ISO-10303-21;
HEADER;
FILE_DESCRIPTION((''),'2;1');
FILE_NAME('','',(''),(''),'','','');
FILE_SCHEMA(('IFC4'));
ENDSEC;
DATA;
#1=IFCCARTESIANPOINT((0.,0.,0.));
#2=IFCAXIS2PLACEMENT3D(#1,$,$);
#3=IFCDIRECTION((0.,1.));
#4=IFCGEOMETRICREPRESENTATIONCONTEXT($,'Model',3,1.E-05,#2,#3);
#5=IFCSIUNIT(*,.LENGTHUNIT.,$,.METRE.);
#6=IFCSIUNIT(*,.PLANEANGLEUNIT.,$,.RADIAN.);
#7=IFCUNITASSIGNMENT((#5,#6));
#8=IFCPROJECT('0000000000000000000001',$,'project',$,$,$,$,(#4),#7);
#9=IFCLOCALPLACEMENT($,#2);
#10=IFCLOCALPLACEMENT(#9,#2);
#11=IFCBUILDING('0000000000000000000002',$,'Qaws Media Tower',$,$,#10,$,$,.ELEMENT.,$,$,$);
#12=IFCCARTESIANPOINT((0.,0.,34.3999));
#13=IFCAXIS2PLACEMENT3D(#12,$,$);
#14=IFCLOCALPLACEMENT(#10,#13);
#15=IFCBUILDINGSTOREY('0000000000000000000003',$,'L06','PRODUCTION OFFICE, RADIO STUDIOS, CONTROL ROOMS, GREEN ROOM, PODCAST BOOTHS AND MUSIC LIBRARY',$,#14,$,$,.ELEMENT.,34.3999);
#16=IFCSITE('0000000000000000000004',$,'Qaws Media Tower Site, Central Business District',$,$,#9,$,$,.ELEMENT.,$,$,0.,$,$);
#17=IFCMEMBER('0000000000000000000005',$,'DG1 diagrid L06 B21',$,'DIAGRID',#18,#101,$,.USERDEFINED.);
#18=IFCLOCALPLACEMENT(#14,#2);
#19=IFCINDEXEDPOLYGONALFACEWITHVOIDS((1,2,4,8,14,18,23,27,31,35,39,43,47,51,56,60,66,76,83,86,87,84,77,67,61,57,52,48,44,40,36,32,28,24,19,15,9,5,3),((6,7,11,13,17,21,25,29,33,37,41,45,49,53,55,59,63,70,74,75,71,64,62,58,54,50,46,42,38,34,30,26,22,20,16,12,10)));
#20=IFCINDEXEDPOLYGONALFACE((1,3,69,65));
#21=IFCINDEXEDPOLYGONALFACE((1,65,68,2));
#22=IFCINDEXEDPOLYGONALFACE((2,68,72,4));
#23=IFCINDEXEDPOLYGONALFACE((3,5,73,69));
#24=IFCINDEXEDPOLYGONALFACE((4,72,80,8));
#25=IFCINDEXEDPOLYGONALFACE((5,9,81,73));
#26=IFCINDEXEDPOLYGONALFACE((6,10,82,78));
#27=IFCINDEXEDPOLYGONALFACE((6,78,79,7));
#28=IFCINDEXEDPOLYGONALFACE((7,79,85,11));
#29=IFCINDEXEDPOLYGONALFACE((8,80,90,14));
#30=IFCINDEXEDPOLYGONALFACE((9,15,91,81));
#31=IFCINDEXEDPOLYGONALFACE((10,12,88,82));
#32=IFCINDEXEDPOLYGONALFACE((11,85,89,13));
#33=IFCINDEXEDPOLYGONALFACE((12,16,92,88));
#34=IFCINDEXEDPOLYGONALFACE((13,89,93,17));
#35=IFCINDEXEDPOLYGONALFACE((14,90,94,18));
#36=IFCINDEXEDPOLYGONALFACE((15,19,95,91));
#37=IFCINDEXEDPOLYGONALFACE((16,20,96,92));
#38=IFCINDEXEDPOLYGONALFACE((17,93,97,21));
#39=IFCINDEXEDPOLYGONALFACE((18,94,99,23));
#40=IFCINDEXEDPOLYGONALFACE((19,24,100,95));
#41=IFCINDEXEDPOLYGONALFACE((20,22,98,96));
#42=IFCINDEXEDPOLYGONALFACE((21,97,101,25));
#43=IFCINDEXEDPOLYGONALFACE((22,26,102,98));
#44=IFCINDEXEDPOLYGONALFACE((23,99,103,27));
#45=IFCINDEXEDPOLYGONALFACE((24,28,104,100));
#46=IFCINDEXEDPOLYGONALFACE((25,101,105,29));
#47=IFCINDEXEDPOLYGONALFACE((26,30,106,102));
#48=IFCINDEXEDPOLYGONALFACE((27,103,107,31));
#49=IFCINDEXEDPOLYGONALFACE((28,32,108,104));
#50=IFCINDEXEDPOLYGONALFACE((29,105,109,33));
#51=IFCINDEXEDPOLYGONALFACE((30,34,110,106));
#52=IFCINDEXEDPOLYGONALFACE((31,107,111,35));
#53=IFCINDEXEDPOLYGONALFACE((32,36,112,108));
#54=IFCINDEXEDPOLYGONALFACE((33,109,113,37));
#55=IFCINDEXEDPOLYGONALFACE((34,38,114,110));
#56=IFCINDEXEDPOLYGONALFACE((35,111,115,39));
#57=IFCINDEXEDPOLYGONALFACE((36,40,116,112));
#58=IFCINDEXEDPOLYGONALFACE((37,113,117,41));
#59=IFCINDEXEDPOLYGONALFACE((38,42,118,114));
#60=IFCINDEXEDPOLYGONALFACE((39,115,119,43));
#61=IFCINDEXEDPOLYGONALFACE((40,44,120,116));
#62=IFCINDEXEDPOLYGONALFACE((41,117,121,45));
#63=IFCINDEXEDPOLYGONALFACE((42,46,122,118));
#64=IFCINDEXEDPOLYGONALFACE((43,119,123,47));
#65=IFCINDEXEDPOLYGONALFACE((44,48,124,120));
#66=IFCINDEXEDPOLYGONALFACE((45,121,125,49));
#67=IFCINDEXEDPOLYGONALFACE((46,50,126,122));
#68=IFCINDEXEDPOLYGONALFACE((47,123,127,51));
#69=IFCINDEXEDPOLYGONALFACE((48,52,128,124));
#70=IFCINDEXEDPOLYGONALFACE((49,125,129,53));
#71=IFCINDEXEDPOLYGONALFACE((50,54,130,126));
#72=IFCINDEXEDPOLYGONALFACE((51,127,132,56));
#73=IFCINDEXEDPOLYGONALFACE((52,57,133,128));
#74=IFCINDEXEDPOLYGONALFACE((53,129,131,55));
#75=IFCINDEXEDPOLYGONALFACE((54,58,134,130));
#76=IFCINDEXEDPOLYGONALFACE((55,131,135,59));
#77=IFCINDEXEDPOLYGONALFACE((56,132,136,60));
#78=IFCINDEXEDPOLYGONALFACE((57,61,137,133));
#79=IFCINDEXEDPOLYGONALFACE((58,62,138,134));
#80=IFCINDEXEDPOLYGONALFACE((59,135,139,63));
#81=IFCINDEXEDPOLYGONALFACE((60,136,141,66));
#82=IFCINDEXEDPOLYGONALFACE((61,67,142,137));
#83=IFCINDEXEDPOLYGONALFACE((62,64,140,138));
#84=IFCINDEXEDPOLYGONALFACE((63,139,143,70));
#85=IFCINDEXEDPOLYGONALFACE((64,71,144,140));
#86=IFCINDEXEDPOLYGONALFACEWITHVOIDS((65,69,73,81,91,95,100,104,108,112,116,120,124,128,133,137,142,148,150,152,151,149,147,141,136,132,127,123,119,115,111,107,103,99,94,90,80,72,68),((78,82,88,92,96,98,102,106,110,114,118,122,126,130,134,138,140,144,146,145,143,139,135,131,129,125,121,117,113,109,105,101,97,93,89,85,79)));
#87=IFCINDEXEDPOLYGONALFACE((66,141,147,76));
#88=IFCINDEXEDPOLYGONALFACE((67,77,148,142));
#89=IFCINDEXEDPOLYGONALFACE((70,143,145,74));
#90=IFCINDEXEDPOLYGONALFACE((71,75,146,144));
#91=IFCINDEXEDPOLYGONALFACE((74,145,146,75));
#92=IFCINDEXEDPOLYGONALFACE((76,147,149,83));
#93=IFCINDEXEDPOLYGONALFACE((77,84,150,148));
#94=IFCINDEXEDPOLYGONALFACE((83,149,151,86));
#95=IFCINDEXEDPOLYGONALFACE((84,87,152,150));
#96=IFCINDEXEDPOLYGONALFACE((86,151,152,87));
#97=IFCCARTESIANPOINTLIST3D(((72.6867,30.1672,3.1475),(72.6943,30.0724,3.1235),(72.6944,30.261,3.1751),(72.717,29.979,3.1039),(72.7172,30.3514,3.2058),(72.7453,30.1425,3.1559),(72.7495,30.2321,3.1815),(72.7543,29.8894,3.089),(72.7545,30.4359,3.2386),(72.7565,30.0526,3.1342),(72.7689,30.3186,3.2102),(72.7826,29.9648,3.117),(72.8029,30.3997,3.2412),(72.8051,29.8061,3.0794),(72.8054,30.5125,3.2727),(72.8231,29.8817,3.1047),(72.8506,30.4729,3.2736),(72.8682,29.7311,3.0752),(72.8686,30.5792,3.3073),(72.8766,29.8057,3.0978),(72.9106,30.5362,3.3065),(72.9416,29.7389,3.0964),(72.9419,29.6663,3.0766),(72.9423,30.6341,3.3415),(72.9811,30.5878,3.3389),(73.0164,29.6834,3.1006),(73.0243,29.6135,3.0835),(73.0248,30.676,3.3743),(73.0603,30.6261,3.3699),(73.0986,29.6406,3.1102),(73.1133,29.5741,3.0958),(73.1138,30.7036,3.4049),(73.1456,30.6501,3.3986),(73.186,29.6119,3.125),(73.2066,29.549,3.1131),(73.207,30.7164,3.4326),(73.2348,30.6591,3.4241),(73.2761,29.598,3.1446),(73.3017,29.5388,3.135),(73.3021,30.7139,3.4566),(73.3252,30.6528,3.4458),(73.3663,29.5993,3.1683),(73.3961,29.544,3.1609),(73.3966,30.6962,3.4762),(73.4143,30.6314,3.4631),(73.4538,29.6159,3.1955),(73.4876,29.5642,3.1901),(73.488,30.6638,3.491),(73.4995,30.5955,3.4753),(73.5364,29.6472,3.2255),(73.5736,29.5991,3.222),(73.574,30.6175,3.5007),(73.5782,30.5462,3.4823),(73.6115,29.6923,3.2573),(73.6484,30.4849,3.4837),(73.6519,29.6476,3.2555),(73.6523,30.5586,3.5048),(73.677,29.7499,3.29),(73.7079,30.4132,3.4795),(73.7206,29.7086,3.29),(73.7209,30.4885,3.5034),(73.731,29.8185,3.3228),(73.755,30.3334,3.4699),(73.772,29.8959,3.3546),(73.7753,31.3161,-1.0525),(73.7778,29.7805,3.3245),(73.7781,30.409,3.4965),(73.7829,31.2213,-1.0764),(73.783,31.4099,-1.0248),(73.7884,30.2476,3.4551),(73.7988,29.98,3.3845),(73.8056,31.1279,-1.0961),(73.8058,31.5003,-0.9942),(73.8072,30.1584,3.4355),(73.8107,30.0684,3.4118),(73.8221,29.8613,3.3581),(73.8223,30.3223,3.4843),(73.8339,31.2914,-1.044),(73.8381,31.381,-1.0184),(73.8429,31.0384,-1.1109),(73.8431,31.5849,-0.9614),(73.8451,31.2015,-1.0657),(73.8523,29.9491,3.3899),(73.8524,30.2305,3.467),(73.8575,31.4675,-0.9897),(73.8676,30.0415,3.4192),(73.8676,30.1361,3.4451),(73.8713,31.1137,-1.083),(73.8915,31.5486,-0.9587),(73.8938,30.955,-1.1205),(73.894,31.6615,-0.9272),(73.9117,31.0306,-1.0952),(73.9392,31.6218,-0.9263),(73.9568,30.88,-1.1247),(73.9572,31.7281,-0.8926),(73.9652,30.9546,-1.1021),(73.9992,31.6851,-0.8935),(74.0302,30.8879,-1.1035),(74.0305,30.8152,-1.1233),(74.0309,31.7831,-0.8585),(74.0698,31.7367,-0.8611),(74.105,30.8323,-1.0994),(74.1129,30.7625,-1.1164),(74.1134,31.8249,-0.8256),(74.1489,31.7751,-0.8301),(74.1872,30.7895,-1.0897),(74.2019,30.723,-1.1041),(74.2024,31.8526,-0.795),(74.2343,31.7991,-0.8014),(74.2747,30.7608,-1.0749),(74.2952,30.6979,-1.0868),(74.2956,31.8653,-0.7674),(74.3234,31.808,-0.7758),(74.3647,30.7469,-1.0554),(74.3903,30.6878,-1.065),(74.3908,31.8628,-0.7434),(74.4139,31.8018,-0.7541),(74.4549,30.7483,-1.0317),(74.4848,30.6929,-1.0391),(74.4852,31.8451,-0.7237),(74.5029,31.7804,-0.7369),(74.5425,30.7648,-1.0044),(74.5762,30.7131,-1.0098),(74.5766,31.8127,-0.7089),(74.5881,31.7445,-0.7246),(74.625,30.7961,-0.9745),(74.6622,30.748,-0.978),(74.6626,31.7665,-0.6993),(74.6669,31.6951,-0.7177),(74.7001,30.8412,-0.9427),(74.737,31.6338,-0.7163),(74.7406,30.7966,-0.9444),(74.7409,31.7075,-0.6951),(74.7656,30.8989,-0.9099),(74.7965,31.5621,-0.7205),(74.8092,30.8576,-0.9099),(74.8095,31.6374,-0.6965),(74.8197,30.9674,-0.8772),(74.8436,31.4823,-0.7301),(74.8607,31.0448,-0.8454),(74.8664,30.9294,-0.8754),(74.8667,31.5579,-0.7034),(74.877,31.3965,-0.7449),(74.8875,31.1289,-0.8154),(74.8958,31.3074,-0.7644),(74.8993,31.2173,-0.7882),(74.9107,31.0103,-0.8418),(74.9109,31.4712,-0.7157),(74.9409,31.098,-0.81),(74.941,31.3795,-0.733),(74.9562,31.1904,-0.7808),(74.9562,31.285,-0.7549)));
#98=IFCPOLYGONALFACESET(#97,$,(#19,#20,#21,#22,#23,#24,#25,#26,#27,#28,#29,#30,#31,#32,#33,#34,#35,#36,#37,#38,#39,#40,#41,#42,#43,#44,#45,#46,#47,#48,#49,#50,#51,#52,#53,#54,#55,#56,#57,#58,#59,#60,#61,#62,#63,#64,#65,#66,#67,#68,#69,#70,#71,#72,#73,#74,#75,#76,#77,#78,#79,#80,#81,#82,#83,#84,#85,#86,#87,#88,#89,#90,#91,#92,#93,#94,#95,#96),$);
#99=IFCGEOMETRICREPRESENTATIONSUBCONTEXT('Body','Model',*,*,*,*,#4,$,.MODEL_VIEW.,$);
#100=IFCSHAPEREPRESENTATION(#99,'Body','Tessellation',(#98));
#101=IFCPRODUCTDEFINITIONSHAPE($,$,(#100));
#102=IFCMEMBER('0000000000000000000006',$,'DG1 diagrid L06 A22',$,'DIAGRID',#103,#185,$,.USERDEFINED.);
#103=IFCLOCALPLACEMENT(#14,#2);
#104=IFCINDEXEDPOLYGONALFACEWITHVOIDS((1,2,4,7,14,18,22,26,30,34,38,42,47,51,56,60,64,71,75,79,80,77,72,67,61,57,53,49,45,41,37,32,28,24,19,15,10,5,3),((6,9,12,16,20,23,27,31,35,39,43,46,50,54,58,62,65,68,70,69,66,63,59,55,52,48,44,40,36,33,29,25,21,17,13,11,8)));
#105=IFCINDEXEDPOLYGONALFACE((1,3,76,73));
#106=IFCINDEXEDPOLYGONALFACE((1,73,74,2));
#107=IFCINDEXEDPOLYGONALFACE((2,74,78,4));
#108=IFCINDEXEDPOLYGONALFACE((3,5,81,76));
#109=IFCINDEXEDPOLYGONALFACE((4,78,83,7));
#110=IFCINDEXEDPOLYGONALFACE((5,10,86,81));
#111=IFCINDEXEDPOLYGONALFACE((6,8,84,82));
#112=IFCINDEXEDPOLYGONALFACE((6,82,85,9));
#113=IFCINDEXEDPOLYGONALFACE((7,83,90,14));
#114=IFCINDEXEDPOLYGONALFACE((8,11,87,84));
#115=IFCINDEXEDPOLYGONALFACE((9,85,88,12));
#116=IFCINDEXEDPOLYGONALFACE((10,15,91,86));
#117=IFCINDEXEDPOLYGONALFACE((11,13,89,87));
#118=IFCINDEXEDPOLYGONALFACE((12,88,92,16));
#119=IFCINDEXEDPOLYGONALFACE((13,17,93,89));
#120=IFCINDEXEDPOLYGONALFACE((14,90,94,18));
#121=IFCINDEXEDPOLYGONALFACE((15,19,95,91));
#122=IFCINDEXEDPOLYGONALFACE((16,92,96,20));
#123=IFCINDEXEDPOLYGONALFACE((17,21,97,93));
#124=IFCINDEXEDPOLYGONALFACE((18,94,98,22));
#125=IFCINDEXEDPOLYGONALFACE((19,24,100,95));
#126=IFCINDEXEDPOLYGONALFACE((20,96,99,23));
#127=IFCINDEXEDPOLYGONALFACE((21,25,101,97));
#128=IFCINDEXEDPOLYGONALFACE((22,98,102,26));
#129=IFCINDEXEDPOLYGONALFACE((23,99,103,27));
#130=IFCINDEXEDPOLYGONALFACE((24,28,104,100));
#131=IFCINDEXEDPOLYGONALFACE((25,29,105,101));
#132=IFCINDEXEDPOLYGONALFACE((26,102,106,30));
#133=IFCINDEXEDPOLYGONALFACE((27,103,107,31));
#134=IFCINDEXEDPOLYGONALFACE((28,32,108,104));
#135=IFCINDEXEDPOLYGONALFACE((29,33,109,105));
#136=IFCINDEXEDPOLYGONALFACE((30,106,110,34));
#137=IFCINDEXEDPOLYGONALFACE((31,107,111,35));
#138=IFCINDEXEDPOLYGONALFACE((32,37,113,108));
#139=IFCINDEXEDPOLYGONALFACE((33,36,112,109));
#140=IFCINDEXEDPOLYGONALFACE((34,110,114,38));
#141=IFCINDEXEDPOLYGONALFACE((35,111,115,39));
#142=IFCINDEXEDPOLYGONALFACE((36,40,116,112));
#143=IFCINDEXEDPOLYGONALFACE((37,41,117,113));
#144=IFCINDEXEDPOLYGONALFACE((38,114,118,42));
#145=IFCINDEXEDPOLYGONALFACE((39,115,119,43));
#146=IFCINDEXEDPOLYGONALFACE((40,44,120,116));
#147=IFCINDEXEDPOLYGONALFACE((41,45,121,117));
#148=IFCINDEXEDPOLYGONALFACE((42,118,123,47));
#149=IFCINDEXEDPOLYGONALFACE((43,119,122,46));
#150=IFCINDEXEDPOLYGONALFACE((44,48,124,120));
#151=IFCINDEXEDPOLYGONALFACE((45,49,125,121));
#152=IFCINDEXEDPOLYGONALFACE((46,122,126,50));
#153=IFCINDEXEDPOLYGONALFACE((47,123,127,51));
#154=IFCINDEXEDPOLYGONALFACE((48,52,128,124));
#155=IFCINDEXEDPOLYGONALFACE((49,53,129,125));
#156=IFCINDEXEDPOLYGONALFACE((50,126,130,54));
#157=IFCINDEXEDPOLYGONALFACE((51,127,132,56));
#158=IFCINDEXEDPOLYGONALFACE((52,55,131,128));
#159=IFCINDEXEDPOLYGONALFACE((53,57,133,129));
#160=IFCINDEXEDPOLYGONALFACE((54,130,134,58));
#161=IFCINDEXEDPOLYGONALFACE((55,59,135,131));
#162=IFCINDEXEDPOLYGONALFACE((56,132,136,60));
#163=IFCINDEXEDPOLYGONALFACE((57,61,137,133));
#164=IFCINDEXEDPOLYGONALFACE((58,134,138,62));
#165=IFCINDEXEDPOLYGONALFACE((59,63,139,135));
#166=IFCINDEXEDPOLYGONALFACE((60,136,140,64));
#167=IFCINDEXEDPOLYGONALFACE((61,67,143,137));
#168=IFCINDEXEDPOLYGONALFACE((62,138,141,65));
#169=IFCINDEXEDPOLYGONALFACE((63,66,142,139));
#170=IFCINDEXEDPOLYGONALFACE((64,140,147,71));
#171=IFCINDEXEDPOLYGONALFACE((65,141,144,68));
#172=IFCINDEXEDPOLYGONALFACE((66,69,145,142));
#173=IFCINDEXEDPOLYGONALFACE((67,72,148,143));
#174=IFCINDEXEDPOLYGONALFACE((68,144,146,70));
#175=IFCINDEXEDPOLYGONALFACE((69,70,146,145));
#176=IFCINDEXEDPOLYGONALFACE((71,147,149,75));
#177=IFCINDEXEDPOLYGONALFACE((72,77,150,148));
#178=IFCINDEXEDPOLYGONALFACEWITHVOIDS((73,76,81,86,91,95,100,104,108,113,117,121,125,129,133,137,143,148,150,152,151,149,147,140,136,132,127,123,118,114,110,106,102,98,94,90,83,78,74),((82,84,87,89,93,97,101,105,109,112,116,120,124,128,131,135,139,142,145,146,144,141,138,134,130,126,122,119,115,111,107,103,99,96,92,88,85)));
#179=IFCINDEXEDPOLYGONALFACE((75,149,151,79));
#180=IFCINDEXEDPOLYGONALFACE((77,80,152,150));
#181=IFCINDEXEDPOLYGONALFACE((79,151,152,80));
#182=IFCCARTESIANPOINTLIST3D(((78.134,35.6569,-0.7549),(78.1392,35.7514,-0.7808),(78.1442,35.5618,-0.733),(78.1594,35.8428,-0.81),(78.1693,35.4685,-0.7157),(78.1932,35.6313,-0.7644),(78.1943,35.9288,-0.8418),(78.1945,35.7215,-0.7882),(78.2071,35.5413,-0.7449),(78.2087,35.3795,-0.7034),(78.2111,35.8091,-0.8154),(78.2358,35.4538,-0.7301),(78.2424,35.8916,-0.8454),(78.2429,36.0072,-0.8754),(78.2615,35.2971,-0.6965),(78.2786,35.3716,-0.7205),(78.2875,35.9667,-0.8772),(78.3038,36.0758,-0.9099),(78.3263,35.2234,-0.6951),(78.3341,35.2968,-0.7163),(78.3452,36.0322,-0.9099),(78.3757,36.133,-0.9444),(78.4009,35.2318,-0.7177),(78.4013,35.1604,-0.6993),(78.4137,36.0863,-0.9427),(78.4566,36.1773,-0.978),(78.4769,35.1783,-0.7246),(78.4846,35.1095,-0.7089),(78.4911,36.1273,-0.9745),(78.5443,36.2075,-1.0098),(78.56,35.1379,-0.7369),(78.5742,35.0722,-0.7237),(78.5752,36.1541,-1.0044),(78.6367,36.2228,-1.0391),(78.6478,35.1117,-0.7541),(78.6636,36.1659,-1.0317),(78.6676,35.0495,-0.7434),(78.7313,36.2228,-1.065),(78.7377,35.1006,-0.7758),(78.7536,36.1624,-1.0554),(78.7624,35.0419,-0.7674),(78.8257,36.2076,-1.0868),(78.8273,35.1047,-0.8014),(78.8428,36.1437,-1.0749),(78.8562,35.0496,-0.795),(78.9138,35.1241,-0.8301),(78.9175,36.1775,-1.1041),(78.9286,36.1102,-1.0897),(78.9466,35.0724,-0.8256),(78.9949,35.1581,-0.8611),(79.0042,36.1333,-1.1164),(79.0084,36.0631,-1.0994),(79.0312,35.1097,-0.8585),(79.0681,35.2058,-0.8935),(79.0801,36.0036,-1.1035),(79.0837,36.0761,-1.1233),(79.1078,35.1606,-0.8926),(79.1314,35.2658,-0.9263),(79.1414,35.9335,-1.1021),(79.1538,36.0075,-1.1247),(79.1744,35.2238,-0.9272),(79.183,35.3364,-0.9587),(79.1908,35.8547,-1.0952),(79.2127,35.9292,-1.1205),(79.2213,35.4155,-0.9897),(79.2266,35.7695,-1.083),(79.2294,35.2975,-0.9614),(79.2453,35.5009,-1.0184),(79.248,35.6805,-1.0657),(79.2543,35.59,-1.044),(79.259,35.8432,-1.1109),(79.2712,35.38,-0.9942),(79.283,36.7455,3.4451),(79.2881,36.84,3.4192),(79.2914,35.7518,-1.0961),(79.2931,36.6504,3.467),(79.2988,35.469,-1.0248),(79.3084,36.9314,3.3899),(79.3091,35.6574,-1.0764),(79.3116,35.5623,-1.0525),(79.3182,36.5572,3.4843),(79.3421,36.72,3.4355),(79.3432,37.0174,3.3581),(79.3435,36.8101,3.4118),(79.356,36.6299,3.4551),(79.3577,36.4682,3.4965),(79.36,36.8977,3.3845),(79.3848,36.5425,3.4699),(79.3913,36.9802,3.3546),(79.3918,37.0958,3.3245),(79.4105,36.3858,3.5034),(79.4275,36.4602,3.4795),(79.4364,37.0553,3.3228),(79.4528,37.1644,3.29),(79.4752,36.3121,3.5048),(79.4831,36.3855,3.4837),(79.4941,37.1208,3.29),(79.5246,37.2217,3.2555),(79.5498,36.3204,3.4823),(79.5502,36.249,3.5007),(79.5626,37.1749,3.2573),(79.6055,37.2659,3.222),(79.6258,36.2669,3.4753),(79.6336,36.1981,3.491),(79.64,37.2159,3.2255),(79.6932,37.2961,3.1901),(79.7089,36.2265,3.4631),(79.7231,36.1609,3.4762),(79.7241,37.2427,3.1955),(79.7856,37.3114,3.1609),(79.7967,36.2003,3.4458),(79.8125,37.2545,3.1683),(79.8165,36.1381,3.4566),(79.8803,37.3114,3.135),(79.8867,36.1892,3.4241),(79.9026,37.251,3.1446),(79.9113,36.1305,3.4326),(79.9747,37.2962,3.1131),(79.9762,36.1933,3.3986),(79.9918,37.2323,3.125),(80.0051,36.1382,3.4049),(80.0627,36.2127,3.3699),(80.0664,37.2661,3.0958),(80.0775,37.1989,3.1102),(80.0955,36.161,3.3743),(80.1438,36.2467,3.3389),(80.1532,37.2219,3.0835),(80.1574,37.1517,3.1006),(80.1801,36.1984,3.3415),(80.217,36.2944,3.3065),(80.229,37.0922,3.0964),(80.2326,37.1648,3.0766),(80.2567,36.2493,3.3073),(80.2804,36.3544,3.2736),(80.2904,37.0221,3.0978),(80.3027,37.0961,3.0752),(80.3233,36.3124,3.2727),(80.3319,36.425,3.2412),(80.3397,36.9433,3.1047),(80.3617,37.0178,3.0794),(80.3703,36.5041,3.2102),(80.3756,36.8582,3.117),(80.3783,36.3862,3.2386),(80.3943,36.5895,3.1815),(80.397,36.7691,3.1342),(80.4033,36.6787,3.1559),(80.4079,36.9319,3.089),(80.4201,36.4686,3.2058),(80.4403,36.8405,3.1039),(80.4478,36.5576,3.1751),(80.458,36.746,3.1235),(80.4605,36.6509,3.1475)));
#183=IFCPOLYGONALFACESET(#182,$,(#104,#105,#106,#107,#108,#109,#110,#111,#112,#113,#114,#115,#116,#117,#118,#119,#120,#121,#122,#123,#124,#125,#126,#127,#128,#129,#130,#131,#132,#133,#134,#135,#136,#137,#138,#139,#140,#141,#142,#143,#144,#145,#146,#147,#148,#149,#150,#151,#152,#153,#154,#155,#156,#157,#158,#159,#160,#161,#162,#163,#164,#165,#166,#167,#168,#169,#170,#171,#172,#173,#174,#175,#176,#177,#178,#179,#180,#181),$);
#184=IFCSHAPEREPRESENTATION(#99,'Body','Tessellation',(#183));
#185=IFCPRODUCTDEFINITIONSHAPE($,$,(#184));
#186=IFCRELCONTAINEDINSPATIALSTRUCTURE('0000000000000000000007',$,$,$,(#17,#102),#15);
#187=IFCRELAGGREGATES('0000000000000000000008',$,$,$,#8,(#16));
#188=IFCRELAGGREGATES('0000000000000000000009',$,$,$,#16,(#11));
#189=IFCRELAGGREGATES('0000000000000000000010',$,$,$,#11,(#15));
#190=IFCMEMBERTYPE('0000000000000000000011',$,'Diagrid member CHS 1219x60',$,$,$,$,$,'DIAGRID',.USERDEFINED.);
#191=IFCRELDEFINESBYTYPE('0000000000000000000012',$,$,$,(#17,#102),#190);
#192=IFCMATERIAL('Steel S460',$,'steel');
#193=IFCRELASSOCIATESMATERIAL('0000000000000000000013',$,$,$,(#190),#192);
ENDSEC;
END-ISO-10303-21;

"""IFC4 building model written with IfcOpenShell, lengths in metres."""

from ifc_helpers import new_model, si_unit, direction, frame, origin, origin_2d, place, context, subcontext, project, spatial, hollow_circle, extrude, material, material_profile, profile_set, type_object, element, save


model = new_model("IFC4")

# Units and contexts
model_context = context("Model", 3, precision=1e-05, world=origin(), true_north=direction((0.0, 1.0)))
body_context = subcontext(model_context, "Body", "Model", "MODEL_VIEW")
ifc_project = project(units=[si_unit("LENGTHUNIT", "METRE"), si_unit("PLANEANGLEUNIT", "RADIAN")], contexts=[model_context])

# Site, building, storey
site_placement = place(None, origin())
site = spatial("IfcSite", under=ifc_project, at=site_placement, Name="Qaws Media Tower Site, Central Business District", CompositionType="ELEMENT", RefElevation=0.0)
building_placement = place(site_placement, origin())
building = spatial("IfcBuilding", under=site, at=building_placement, Name="Qaws Media Tower", CompositionType="ELEMENT")
storey_placement = place(building_placement, frame((0.0, 0.0, 34.3999)))
storey = spatial("IfcBuildingStorey", under=building, at=storey_placement, Name="L06", Description="PRODUCTION OFFICE, RADIO STUDIOS, CONTROL ROOMS, GREEN ROOM, PODCAST BOOTHS AND MUSIC LIBRARY", CompositionType="ELEMENT", Elevation=34.3999)

# Members
ifc_material_1 = material(Name="Steel S460", Category="steel")
ifc_material_profile_1 = material_profile(ifc_material_1, hollow_circle(Radius=0.6096, WallThickness=0.0601, at=origin_2d()), Name="CHS 1219x60")
ifc_profile_set_1 = profile_set([ifc_material_profile_1], Name="Steel S460")
member_type_1 = type_object("IfcMemberType", Name="Diagrid member CHS 1219x60", ElementType="DIAGRID", PredefinedType="USERDEFINED", material=ifc_profile_set_1)
for number, where, z_axis, x_axis, name in (
    (1, (74.3667, 31.2769, -0.9099), (-0.242548, -0.255983, 0.935758), (0.7259, -0.6878, 0.0), "DG1 diagrid L06 B21"),
    (2, (78.7231, 35.6333, -0.9099), (0.255983, 0.242548, 0.935758), (-0.6878, 0.7259, 0.0), "DG1 diagrid L06 A22"),
):
    element("IfcMember", number, at=place(storey_placement, frame(where, z_axis=z_axis, x_axis=x_axis)), inside=storey, type_object=member_type_1, Name=name, ObjectType="DIAGRID", PredefinedType="USERDEFINED", context=body_context, shape_type="SweptSolid", body=[
        extrude(hollow_circle(Radius=0.6096, WallThickness=0.0601, at=origin_2d()), origin(), (0.0, 0.0, 1.0), 4.4883),
    ])

save(model, "model.ifc")
